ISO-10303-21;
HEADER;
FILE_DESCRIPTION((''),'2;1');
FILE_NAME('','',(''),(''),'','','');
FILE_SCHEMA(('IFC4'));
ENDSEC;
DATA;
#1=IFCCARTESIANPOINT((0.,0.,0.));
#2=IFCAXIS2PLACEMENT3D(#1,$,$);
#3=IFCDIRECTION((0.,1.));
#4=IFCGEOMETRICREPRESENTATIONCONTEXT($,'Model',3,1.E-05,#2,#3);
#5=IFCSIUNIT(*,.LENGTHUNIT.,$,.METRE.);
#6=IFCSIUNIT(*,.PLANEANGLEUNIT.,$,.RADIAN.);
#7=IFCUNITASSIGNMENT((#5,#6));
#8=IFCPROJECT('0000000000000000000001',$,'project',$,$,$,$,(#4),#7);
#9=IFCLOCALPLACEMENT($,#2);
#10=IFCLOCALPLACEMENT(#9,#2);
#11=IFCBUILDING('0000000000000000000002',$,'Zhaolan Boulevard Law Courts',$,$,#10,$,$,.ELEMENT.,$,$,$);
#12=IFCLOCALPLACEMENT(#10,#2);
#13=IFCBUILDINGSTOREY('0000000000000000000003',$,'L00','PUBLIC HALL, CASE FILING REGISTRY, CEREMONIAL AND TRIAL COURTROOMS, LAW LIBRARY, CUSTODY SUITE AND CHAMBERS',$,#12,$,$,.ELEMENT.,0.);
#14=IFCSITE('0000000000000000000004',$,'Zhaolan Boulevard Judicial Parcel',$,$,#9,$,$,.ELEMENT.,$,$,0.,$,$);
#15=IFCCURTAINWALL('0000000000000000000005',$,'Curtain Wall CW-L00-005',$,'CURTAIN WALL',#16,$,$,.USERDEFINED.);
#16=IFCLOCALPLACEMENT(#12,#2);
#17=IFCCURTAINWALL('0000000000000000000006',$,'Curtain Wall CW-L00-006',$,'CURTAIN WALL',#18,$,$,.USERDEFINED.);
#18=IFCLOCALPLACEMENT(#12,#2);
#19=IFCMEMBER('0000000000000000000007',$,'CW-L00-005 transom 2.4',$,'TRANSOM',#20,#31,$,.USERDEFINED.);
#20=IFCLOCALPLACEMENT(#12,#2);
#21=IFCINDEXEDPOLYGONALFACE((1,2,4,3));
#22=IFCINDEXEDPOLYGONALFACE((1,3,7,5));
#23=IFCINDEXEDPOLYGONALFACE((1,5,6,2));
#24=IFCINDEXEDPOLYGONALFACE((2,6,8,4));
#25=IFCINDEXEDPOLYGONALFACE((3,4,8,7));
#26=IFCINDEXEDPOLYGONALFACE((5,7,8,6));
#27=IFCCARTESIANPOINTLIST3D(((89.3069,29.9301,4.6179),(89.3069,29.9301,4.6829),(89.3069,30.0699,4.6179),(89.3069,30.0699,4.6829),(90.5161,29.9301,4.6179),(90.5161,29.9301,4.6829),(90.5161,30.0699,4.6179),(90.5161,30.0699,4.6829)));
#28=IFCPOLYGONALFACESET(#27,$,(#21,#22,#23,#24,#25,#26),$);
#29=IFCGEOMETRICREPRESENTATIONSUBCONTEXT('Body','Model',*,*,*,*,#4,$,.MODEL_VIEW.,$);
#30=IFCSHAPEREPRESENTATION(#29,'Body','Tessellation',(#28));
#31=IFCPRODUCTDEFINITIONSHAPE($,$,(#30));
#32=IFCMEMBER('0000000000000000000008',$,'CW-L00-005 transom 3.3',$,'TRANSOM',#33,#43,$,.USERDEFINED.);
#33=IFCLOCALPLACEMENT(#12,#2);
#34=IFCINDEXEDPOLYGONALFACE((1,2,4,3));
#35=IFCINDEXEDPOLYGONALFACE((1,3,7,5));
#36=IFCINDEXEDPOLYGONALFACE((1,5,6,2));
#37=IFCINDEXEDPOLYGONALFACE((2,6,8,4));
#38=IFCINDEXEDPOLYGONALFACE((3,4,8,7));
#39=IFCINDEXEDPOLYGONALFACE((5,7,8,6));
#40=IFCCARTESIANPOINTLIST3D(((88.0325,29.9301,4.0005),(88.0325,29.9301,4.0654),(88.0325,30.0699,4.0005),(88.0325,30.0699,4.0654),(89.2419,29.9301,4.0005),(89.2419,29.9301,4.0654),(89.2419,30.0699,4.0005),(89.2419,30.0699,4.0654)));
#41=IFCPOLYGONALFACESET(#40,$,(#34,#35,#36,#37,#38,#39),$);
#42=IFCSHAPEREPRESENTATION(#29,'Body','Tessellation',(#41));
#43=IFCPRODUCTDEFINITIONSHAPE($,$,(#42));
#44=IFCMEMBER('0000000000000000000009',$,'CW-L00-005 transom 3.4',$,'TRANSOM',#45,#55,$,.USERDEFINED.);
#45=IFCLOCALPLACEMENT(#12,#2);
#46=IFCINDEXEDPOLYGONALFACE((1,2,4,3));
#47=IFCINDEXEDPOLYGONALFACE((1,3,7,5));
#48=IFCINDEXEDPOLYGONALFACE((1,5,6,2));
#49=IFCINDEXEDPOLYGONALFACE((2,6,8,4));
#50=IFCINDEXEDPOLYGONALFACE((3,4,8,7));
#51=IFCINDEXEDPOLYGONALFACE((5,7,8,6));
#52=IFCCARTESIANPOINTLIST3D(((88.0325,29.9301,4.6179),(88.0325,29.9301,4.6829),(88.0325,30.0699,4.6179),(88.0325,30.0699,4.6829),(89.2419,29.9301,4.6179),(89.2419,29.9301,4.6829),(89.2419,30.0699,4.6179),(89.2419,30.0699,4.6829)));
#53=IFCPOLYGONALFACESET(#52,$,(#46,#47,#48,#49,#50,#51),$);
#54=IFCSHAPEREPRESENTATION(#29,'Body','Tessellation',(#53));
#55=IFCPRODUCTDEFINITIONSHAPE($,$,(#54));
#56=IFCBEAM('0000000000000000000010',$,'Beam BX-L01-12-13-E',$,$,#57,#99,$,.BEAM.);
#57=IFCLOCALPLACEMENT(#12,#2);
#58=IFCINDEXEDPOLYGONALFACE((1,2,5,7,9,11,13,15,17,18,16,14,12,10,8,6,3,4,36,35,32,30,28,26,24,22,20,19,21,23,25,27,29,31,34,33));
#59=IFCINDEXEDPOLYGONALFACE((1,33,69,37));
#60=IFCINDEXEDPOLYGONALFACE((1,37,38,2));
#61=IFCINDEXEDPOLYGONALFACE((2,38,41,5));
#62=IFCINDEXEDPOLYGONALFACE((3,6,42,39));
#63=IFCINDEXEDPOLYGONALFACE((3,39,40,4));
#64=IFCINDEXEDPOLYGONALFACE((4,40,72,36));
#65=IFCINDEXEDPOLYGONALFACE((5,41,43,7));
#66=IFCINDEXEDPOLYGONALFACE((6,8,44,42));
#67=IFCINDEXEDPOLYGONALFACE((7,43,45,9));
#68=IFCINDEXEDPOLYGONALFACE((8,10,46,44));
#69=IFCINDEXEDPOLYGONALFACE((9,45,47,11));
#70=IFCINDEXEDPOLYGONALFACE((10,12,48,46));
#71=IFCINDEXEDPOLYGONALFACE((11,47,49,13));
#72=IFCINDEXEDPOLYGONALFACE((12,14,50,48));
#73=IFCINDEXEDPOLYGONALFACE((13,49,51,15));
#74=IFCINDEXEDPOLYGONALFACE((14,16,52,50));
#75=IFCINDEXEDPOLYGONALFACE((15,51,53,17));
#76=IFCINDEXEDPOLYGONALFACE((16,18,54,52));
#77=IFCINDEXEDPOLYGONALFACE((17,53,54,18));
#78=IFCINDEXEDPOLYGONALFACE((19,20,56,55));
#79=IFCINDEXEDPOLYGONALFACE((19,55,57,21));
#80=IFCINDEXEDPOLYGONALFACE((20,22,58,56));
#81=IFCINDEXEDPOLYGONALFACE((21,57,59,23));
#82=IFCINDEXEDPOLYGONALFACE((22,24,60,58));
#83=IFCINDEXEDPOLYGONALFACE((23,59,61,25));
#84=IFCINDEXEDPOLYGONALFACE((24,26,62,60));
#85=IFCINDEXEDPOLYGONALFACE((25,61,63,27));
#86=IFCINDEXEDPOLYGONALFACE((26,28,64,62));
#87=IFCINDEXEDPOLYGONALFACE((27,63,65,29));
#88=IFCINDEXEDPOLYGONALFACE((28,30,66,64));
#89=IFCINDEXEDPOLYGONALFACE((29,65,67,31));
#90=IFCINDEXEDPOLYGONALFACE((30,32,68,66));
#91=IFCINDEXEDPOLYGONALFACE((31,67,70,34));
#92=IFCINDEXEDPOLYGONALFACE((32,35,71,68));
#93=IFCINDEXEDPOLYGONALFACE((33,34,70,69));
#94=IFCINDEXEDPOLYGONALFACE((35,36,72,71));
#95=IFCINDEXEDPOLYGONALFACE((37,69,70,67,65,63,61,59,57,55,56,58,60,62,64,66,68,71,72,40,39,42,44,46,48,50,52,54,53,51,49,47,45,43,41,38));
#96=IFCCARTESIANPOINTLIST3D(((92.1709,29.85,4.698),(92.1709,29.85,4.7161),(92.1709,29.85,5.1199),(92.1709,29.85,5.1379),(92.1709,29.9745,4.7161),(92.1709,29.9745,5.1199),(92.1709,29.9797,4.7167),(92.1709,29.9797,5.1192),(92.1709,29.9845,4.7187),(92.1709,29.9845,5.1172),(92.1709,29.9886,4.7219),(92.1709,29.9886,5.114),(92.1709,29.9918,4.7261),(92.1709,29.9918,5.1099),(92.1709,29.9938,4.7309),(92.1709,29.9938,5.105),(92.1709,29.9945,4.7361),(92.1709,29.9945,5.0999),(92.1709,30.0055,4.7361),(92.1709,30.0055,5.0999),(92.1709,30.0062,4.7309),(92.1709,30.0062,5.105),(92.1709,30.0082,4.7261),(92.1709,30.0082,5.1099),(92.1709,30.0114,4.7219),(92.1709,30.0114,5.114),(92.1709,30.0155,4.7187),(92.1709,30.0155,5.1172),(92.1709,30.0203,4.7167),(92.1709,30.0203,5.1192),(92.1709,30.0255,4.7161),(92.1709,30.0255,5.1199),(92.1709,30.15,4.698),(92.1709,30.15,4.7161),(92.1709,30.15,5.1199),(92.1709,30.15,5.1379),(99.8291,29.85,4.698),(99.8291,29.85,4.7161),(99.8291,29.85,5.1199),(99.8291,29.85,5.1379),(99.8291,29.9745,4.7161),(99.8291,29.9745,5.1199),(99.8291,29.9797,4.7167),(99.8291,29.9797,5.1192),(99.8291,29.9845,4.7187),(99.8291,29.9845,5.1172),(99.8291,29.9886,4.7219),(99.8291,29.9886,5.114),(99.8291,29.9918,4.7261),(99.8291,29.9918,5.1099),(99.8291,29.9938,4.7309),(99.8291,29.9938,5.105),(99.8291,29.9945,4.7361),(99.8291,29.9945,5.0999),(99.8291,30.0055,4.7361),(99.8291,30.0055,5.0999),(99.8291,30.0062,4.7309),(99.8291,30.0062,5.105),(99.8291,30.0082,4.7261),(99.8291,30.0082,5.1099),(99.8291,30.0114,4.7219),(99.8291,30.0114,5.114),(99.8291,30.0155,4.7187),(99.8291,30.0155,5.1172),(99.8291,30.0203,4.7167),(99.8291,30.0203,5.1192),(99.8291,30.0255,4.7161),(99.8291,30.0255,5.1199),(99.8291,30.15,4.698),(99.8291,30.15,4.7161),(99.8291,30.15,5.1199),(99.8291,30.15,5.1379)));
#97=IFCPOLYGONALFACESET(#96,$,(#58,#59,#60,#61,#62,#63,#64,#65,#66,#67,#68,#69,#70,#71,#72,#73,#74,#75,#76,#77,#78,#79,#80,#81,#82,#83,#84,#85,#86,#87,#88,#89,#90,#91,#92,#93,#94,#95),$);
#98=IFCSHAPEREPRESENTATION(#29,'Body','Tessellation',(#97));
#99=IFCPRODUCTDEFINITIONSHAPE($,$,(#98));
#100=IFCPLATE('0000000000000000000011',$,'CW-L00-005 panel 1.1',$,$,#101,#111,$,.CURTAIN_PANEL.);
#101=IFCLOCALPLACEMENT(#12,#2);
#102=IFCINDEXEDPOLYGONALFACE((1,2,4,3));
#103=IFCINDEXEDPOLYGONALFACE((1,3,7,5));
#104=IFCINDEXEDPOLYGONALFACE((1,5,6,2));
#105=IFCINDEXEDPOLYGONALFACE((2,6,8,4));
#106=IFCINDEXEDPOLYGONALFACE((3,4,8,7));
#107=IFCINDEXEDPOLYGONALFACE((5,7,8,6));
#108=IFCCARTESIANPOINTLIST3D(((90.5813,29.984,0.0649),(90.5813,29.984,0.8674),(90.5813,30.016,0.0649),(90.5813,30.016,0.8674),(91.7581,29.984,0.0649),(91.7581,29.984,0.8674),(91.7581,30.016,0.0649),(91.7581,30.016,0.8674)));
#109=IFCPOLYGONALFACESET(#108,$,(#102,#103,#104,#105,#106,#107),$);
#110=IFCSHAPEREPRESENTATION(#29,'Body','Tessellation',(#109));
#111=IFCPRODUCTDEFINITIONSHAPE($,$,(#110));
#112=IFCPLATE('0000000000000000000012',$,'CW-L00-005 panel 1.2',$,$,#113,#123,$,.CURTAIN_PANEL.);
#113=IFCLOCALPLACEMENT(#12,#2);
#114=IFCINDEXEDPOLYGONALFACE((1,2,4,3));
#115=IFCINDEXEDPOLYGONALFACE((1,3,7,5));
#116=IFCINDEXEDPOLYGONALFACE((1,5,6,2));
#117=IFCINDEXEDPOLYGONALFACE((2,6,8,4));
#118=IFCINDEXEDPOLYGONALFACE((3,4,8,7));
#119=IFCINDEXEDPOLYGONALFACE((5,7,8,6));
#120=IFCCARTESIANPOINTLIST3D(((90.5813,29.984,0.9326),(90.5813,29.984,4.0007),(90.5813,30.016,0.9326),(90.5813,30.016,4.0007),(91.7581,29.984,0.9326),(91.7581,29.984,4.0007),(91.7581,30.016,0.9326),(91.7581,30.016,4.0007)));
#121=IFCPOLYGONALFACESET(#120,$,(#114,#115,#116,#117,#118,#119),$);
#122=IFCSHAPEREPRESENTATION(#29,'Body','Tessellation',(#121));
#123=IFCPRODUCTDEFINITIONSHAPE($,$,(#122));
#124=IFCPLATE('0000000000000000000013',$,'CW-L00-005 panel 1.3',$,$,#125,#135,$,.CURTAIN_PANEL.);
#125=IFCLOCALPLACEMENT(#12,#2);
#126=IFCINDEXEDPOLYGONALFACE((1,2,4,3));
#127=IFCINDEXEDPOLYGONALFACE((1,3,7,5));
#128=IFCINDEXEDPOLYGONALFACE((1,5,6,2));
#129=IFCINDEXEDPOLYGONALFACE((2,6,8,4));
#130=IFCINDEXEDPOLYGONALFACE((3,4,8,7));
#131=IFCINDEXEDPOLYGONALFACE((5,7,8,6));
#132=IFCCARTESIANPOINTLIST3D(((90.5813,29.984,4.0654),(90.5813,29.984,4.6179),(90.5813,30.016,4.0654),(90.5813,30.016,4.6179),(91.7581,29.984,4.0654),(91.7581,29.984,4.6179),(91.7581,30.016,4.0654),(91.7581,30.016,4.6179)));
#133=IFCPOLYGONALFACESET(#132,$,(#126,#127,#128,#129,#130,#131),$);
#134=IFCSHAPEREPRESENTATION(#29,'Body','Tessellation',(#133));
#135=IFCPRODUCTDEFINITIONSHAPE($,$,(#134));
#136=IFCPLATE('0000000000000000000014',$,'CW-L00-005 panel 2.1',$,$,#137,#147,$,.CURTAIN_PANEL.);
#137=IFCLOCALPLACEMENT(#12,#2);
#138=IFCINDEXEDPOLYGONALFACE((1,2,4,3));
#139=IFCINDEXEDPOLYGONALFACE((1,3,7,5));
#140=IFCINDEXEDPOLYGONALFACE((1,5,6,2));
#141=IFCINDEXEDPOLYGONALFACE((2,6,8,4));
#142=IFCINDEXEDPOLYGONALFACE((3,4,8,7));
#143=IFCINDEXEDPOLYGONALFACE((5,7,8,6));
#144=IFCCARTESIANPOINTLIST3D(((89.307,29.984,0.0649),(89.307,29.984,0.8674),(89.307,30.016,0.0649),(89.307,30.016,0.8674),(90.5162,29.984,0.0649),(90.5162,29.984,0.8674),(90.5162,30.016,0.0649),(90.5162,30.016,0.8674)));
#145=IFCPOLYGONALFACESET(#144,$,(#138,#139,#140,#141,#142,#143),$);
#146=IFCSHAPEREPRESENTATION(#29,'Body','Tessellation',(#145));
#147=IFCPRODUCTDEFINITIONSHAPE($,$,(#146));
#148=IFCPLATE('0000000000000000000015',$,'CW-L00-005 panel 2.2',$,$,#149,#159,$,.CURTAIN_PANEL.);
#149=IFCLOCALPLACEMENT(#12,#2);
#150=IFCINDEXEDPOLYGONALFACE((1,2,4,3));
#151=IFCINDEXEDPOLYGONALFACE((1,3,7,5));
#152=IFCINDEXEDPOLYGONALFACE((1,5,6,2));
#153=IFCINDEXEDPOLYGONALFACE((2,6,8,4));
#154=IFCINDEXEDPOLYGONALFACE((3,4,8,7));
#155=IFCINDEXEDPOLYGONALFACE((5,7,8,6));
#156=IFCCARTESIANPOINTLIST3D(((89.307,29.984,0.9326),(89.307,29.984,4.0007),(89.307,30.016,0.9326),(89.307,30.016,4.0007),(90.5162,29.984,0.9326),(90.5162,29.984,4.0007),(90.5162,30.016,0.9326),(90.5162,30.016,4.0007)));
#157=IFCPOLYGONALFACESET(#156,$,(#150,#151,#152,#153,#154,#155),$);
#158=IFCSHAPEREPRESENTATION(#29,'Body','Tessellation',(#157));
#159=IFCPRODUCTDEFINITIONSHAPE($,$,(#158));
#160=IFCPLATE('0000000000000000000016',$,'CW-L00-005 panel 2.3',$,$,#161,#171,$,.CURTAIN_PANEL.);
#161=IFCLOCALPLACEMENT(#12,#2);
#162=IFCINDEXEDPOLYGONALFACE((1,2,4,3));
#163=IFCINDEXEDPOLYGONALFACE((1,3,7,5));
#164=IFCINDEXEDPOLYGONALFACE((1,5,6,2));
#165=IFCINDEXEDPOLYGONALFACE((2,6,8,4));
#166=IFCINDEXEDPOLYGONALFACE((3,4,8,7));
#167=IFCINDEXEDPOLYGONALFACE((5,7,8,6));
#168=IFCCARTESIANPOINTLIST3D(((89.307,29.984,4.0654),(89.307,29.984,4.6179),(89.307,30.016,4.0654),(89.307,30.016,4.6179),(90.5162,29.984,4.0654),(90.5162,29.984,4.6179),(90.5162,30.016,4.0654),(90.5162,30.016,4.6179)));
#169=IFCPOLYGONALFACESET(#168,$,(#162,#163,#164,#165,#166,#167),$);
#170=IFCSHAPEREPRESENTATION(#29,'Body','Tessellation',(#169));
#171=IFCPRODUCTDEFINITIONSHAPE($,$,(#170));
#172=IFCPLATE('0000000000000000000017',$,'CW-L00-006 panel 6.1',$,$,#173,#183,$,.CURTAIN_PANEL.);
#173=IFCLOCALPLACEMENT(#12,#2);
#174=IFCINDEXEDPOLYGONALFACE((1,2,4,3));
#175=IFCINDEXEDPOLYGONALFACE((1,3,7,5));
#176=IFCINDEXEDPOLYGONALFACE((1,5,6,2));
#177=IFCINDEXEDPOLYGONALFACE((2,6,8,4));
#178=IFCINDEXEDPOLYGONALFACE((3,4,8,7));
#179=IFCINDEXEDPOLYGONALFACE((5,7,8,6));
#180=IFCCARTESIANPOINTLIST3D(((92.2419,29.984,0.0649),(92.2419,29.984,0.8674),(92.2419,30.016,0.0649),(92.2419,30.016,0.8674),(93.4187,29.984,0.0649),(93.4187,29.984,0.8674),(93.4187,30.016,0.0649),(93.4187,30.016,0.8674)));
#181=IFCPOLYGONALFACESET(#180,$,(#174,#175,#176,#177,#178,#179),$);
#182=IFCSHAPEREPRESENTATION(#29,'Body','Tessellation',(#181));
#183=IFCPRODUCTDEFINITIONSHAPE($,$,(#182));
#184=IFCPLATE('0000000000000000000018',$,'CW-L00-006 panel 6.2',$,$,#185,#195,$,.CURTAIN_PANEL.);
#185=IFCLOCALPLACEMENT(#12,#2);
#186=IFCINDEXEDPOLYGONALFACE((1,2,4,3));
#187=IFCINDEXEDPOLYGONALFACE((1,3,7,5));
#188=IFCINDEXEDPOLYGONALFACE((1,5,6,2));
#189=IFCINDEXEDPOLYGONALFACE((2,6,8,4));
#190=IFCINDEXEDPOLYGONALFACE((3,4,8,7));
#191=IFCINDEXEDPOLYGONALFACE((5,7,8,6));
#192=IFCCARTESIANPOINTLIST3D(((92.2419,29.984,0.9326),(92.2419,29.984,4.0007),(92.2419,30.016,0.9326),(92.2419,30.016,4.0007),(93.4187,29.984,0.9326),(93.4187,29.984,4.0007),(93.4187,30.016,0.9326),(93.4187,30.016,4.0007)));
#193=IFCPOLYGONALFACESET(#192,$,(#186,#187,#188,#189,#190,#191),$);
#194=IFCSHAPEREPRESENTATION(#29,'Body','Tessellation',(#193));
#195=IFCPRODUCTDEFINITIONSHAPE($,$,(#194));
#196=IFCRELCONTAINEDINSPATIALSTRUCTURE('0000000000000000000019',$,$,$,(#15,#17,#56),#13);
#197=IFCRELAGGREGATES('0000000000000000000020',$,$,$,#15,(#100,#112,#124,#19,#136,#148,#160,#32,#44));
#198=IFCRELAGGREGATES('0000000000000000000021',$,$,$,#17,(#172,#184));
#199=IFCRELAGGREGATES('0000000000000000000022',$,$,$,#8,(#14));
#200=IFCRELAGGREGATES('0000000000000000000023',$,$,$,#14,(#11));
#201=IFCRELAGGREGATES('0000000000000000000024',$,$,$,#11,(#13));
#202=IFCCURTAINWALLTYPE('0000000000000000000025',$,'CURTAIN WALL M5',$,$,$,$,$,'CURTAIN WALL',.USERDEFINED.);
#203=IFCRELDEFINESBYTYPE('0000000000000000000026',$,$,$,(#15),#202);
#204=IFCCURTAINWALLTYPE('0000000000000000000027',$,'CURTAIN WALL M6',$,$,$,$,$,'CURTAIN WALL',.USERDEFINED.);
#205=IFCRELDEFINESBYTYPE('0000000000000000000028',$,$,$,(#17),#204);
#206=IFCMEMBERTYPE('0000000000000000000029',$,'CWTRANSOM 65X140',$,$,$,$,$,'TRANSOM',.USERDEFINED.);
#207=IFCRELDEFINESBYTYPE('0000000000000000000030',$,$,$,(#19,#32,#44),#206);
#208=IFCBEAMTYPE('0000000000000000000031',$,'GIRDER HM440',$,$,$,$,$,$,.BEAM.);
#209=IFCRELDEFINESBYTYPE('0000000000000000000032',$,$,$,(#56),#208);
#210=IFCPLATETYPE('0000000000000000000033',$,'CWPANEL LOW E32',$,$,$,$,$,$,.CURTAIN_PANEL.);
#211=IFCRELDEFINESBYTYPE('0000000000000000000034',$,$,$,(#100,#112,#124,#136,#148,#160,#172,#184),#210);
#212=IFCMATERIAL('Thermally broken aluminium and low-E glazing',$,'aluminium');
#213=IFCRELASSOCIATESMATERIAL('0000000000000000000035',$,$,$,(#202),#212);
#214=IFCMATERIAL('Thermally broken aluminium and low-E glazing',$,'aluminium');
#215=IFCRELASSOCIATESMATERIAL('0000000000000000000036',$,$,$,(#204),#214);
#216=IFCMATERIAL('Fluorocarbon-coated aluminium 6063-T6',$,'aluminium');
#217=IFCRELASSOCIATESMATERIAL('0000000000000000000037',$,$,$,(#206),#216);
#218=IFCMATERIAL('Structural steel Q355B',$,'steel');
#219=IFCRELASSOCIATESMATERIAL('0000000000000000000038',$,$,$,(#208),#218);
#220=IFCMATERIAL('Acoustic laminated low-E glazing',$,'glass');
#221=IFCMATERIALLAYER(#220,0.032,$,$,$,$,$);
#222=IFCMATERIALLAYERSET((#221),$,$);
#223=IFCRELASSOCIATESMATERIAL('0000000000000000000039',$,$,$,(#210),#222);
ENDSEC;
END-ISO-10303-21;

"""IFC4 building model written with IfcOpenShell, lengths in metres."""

from ifc_helpers import new_model, si_unit, direction, frame, origin, origin_2d, place, context, subcontext, project, spatial, rectangle, i_section, extrude, material, layer, layer_set, material_profile, profile_set, type_object, element, aggregate, save


model = new_model("IFC4")

# Units and contexts
model_context = context("Model", 3, precision=1e-05, world=origin(), true_north=direction((0.0, 1.0)))
body_context = subcontext(model_context, "Body", "Model", "MODEL_VIEW")
ifc_project = project(units=[si_unit("LENGTHUNIT", "METRE"), si_unit("PLANEANGLEUNIT", "RADIAN")], contexts=[model_context])

# Site, building, storey
site_placement = place(None, origin())
site = spatial("IfcSite", under=ifc_project, at=site_placement, Name="Zhaolan Boulevard Judicial Parcel", CompositionType="ELEMENT", RefElevation=0.0)
building_placement = place(site_placement, origin())
building = spatial("IfcBuilding", under=site, at=building_placement, Name="Zhaolan Boulevard Law Courts", CompositionType="ELEMENT")
storey_placement = place(building_placement, origin())
storey = spatial("IfcBuildingStorey", under=building, at=storey_placement, Name="L00", Description="PUBLIC HALL, CASE FILING REGISTRY, CEREMONIAL AND TRIAL COURTROOMS, LAW LIBRARY, CUSTODY SUITE AND CHAMBERS", CompositionType="ELEMENT", Elevation=0.0)

# Curtain wall
ifc_material_1 = material(Name="Thermally broken aluminium and low-E glazing", Category="aluminium")
curtain_wall_type_1 = type_object("IfcCurtainWallType", Name="CURTAIN WALL M5", ElementType="CURTAIN WALL", PredefinedType="USERDEFINED", material=ifc_material_1)
curtain_wall_1_placement = place(storey_placement, origin())
curtain_wall_1 = element("IfcCurtainWall", 1, at=curtain_wall_1_placement, inside=storey, type_object=curtain_wall_type_1, Name="Curtain Wall CW-L00-005", ObjectType="CURTAIN WALL", PredefinedType="USERDEFINED")

# Curtain wall
ifc_material_2 = material(Name="Thermally broken aluminium and low-E glazing", Category="aluminium")
curtain_wall_type_2 = type_object("IfcCurtainWallType", Name="CURTAIN WALL M6", ElementType="CURTAIN WALL", PredefinedType="USERDEFINED", material=ifc_material_2)
curtain_wall_2_placement = place(storey_placement, origin())
curtain_wall_2 = element("IfcCurtainWall", 2, at=curtain_wall_2_placement, inside=storey, type_object=curtain_wall_type_2, Name="Curtain Wall CW-L00-006", ObjectType="CURTAIN WALL", PredefinedType="USERDEFINED")

# Members
ifc_material_3 = material(Name="Fluorocarbon-coated aluminium 6063-T6", Category="aluminium")
ifc_material_profile_1 = material_profile(ifc_material_3, rectangle(XDim=0.1399, YDim=0.0649, at=origin_2d()), Name="AL65x140")
ifc_profile_set_1 = profile_set([ifc_material_profile_1], Name="Fluorocarbon-coated aluminium 6063-T6")
member_type_1 = type_object("IfcMemberType", Name="CWTRANSOM 65X140", ElementType="TRANSOM", PredefinedType="USERDEFINED", material=ifc_profile_set_1)
member_1_placement = place(storey_placement, frame((90.5161, 30.0, 4.6504), z_axis=(-1.0, 0.0, 0.0), x_axis=(0.0, -1.0, 0.0)))
member_1 = element("IfcMember", 3, at=member_1_placement, type_object=member_type_1, Name="CW-L00-005 transom 2.4", ObjectType="TRANSOM", PredefinedType="USERDEFINED", context=body_context, shape_type="SweptSolid", body=[
    extrude(rectangle(XDim=0.1399, YDim=0.0649, at=origin_2d()), origin(), (0.0, 0.0, 1.0), 1.2092),
])
member_2_placement = place(storey_placement, frame((89.2419, 30.0, 4.033), z_axis=(-1.0, 0.0, 0.0), x_axis=(0.0, -1.0, 0.0)))
member_2 = element("IfcMember", 4, at=member_2_placement, type_object=member_type_1, Name="CW-L00-005 transom 3.3", ObjectType="TRANSOM", PredefinedType="USERDEFINED", context=body_context, shape_type="SweptSolid", body=[
    extrude(rectangle(XDim=0.1399, YDim=0.0649, at=origin_2d()), origin(), (0.0, 0.0, 1.0), 1.2095),
])
member_3_placement = place(storey_placement, frame((89.2419, 30.0, 4.6504), z_axis=(-1.0, 0.0, 0.0), x_axis=(0.0, -1.0, 0.0)))
member_3 = element("IfcMember", 5, at=member_3_placement, type_object=member_type_1, Name="CW-L00-005 transom 3.4", ObjectType="TRANSOM", PredefinedType="USERDEFINED", context=body_context, shape_type="SweptSolid", body=[
    extrude(rectangle(XDim=0.1399, YDim=0.0649, at=origin_2d()), origin(), (0.0, 0.0, 1.0), 1.2095),
])

# Beam
ifc_material_4 = material(Name="Structural steel Q355B", Category="steel")
ifc_material_profile_2 = material_profile(ifc_material_4, i_section(OverallWidth=0.3, OverallDepth=0.4399, WebThickness=0.011, FlangeThickness=0.0181, FilletRadius=0.02, at=origin_2d()), Name="HM440x300")
ifc_profile_set_2 = profile_set([ifc_material_profile_2], Name="Structural steel Q355B")
beam_type = type_object("IfcBeamType", Name="GIRDER HM440", PredefinedType="BEAM", material=ifc_profile_set_2)
beam_placement = place(storey_placement, frame((92.1709, 30.0, 4.918), z_axis=(1.0, 0.0, 0.0), x_axis=(0.0, 1.0, 0.0)))
element("IfcBeam", 6, at=beam_placement, inside=storey, type_object=beam_type, Name="Beam BX-L01-12-13-E", PredefinedType="BEAM", context=body_context, shape_type="SweptSolid", body=[
    extrude(i_section(OverallWidth=0.3, OverallDepth=0.4399, WebThickness=0.011, FlangeThickness=0.0181, FilletRadius=0.02, at=origin_2d()), origin(), (0.0, 0.0, 1.0), 7.6582),
])

# Plates
ifc_material_5 = material(Name="Acoustic laminated low-E glazing", Category="glass")
ifc_layer = layer(ifc_material_5, 0.032)
ifc_layer_set = layer_set([ifc_layer])
plate_type = type_object("IfcPlateType", Name="CWPANEL LOW E32", PredefinedType="CURTAIN_PANEL", material=ifc_layer_set)
plate_1_placement = place(storey_placement, frame((91.1697, 30.0, 0.0649), z_axis=(0.0, 0.0, 1.0), x_axis=(-1.0, 0.0, 0.0)))
plate_1 = element("IfcPlate", 7, at=plate_1_placement, type_object=plate_type, Name="CW-L00-005 panel 1.1", PredefinedType="CURTAIN_PANEL", context=body_context, shape_type="SweptSolid", body=[
    extrude(rectangle(XDim=1.1768, YDim=0.032, at=origin_2d()), origin(), (0.0, 0.0, 1.0), 0.8025),
])
plate_2_placement = place(storey_placement, frame((91.1697, 30.0, 0.9326), z_axis=(0.0, 0.0, 1.0), x_axis=(-1.0, 0.0, 0.0)))
plate_2 = element("IfcPlate", 8, at=plate_2_placement, type_object=plate_type, Name="CW-L00-005 panel 1.2", PredefinedType="CURTAIN_PANEL", context=body_context, shape_type="SweptSolid", body=[
    extrude(rectangle(XDim=1.1768, YDim=0.032, at=origin_2d()), origin(), (0.0, 0.0, 1.0), 3.0681),
])
plate_3_placement = place(storey_placement, frame((91.1697, 30.0, 4.0654), z_axis=(0.0, 0.0, 1.0), x_axis=(-1.0, 0.0, 0.0)))
plate_3 = element("IfcPlate", 9, at=plate_3_placement, type_object=plate_type, Name="CW-L00-005 panel 1.3", PredefinedType="CURTAIN_PANEL", context=body_context, shape_type="SweptSolid", body=[
    extrude(rectangle(XDim=1.1768, YDim=0.032, at=origin_2d()), origin(), (0.0, 0.0, 1.0), 0.5525),
])
plate_4_placement = place(storey_placement, frame((89.9116, 30.0, 0.0649), z_axis=(0.0, 0.0, 1.0), x_axis=(-1.0, 0.0, 0.0)))
plate_4 = element("IfcPlate", 10, at=plate_4_placement, type_object=plate_type, Name="CW-L00-005 panel 2.1", PredefinedType="CURTAIN_PANEL", context=body_context, shape_type="SweptSolid", body=[
    extrude(rectangle(XDim=1.2092, YDim=0.032, at=origin_2d()), origin(), (0.0, 0.0, 1.0), 0.8025),
])
plate_5_placement = place(storey_placement, frame((89.9116, 30.0, 0.9326), z_axis=(0.0, 0.0, 1.0), x_axis=(-1.0, 0.0, 0.0)))
plate_5 = element("IfcPlate", 11, at=plate_5_placement, type_object=plate_type, Name="CW-L00-005 panel 2.2", PredefinedType="CURTAIN_PANEL", context=body_context, shape_type="SweptSolid", body=[
    extrude(rectangle(XDim=1.2092, YDim=0.032, at=origin_2d()), origin(), (0.0, 0.0, 1.0), 3.0681),
])
plate_6_placement = place(storey_placement, frame((89.9116, 30.0, 4.0654), z_axis=(0.0, 0.0, 1.0), x_axis=(-1.0, 0.0, 0.0)))
plate_6 = element("IfcPlate", 12, at=plate_6_placement, type_object=plate_type, Name="CW-L00-005 panel 2.3", PredefinedType="CURTAIN_PANEL", context=body_context, shape_type="SweptSolid", body=[
    extrude(rectangle(XDim=1.2092, YDim=0.032, at=origin_2d()), origin(), (0.0, 0.0, 1.0), 0.5525),
])
aggregate(curtain_wall_1, [plate_1, plate_2, plate_3, member_1, plate_4, plate_5, plate_6, member_2, member_3])
plate_7_placement = place(storey_placement, frame((92.8303, 30.0, 0.0649), z_axis=(0.0, 0.0, 1.0), x_axis=(-1.0, 0.0, 0.0)))
plate_7 = element("IfcPlate", 13, at=plate_7_placement, type_object=plate_type, Name="CW-L00-006 panel 6.1", PredefinedType="CURTAIN_PANEL", context=body_context, shape_type="SweptSolid", body=[
    extrude(rectangle(XDim=1.1768, YDim=0.032, at=origin_2d()), origin(), (0.0, 0.0, 1.0), 0.8025),
])
plate_8_placement = place(storey_placement, frame((92.8303, 30.0, 0.9326), z_axis=(0.0, 0.0, 1.0), x_axis=(-1.0, 0.0, 0.0)))
plate_8 = element("IfcPlate", 14, at=plate_8_placement, type_object=plate_type, Name="CW-L00-006 panel 6.2", PredefinedType="CURTAIN_PANEL", context=body_context, shape_type="SweptSolid", body=[
    extrude(rectangle(XDim=1.1768, YDim=0.032, at=origin_2d()), origin(), (0.0, 0.0, 1.0), 3.0681),
])
aggregate(curtain_wall_2, [plate_7, plate_8])

save(model, "model.ifc")
